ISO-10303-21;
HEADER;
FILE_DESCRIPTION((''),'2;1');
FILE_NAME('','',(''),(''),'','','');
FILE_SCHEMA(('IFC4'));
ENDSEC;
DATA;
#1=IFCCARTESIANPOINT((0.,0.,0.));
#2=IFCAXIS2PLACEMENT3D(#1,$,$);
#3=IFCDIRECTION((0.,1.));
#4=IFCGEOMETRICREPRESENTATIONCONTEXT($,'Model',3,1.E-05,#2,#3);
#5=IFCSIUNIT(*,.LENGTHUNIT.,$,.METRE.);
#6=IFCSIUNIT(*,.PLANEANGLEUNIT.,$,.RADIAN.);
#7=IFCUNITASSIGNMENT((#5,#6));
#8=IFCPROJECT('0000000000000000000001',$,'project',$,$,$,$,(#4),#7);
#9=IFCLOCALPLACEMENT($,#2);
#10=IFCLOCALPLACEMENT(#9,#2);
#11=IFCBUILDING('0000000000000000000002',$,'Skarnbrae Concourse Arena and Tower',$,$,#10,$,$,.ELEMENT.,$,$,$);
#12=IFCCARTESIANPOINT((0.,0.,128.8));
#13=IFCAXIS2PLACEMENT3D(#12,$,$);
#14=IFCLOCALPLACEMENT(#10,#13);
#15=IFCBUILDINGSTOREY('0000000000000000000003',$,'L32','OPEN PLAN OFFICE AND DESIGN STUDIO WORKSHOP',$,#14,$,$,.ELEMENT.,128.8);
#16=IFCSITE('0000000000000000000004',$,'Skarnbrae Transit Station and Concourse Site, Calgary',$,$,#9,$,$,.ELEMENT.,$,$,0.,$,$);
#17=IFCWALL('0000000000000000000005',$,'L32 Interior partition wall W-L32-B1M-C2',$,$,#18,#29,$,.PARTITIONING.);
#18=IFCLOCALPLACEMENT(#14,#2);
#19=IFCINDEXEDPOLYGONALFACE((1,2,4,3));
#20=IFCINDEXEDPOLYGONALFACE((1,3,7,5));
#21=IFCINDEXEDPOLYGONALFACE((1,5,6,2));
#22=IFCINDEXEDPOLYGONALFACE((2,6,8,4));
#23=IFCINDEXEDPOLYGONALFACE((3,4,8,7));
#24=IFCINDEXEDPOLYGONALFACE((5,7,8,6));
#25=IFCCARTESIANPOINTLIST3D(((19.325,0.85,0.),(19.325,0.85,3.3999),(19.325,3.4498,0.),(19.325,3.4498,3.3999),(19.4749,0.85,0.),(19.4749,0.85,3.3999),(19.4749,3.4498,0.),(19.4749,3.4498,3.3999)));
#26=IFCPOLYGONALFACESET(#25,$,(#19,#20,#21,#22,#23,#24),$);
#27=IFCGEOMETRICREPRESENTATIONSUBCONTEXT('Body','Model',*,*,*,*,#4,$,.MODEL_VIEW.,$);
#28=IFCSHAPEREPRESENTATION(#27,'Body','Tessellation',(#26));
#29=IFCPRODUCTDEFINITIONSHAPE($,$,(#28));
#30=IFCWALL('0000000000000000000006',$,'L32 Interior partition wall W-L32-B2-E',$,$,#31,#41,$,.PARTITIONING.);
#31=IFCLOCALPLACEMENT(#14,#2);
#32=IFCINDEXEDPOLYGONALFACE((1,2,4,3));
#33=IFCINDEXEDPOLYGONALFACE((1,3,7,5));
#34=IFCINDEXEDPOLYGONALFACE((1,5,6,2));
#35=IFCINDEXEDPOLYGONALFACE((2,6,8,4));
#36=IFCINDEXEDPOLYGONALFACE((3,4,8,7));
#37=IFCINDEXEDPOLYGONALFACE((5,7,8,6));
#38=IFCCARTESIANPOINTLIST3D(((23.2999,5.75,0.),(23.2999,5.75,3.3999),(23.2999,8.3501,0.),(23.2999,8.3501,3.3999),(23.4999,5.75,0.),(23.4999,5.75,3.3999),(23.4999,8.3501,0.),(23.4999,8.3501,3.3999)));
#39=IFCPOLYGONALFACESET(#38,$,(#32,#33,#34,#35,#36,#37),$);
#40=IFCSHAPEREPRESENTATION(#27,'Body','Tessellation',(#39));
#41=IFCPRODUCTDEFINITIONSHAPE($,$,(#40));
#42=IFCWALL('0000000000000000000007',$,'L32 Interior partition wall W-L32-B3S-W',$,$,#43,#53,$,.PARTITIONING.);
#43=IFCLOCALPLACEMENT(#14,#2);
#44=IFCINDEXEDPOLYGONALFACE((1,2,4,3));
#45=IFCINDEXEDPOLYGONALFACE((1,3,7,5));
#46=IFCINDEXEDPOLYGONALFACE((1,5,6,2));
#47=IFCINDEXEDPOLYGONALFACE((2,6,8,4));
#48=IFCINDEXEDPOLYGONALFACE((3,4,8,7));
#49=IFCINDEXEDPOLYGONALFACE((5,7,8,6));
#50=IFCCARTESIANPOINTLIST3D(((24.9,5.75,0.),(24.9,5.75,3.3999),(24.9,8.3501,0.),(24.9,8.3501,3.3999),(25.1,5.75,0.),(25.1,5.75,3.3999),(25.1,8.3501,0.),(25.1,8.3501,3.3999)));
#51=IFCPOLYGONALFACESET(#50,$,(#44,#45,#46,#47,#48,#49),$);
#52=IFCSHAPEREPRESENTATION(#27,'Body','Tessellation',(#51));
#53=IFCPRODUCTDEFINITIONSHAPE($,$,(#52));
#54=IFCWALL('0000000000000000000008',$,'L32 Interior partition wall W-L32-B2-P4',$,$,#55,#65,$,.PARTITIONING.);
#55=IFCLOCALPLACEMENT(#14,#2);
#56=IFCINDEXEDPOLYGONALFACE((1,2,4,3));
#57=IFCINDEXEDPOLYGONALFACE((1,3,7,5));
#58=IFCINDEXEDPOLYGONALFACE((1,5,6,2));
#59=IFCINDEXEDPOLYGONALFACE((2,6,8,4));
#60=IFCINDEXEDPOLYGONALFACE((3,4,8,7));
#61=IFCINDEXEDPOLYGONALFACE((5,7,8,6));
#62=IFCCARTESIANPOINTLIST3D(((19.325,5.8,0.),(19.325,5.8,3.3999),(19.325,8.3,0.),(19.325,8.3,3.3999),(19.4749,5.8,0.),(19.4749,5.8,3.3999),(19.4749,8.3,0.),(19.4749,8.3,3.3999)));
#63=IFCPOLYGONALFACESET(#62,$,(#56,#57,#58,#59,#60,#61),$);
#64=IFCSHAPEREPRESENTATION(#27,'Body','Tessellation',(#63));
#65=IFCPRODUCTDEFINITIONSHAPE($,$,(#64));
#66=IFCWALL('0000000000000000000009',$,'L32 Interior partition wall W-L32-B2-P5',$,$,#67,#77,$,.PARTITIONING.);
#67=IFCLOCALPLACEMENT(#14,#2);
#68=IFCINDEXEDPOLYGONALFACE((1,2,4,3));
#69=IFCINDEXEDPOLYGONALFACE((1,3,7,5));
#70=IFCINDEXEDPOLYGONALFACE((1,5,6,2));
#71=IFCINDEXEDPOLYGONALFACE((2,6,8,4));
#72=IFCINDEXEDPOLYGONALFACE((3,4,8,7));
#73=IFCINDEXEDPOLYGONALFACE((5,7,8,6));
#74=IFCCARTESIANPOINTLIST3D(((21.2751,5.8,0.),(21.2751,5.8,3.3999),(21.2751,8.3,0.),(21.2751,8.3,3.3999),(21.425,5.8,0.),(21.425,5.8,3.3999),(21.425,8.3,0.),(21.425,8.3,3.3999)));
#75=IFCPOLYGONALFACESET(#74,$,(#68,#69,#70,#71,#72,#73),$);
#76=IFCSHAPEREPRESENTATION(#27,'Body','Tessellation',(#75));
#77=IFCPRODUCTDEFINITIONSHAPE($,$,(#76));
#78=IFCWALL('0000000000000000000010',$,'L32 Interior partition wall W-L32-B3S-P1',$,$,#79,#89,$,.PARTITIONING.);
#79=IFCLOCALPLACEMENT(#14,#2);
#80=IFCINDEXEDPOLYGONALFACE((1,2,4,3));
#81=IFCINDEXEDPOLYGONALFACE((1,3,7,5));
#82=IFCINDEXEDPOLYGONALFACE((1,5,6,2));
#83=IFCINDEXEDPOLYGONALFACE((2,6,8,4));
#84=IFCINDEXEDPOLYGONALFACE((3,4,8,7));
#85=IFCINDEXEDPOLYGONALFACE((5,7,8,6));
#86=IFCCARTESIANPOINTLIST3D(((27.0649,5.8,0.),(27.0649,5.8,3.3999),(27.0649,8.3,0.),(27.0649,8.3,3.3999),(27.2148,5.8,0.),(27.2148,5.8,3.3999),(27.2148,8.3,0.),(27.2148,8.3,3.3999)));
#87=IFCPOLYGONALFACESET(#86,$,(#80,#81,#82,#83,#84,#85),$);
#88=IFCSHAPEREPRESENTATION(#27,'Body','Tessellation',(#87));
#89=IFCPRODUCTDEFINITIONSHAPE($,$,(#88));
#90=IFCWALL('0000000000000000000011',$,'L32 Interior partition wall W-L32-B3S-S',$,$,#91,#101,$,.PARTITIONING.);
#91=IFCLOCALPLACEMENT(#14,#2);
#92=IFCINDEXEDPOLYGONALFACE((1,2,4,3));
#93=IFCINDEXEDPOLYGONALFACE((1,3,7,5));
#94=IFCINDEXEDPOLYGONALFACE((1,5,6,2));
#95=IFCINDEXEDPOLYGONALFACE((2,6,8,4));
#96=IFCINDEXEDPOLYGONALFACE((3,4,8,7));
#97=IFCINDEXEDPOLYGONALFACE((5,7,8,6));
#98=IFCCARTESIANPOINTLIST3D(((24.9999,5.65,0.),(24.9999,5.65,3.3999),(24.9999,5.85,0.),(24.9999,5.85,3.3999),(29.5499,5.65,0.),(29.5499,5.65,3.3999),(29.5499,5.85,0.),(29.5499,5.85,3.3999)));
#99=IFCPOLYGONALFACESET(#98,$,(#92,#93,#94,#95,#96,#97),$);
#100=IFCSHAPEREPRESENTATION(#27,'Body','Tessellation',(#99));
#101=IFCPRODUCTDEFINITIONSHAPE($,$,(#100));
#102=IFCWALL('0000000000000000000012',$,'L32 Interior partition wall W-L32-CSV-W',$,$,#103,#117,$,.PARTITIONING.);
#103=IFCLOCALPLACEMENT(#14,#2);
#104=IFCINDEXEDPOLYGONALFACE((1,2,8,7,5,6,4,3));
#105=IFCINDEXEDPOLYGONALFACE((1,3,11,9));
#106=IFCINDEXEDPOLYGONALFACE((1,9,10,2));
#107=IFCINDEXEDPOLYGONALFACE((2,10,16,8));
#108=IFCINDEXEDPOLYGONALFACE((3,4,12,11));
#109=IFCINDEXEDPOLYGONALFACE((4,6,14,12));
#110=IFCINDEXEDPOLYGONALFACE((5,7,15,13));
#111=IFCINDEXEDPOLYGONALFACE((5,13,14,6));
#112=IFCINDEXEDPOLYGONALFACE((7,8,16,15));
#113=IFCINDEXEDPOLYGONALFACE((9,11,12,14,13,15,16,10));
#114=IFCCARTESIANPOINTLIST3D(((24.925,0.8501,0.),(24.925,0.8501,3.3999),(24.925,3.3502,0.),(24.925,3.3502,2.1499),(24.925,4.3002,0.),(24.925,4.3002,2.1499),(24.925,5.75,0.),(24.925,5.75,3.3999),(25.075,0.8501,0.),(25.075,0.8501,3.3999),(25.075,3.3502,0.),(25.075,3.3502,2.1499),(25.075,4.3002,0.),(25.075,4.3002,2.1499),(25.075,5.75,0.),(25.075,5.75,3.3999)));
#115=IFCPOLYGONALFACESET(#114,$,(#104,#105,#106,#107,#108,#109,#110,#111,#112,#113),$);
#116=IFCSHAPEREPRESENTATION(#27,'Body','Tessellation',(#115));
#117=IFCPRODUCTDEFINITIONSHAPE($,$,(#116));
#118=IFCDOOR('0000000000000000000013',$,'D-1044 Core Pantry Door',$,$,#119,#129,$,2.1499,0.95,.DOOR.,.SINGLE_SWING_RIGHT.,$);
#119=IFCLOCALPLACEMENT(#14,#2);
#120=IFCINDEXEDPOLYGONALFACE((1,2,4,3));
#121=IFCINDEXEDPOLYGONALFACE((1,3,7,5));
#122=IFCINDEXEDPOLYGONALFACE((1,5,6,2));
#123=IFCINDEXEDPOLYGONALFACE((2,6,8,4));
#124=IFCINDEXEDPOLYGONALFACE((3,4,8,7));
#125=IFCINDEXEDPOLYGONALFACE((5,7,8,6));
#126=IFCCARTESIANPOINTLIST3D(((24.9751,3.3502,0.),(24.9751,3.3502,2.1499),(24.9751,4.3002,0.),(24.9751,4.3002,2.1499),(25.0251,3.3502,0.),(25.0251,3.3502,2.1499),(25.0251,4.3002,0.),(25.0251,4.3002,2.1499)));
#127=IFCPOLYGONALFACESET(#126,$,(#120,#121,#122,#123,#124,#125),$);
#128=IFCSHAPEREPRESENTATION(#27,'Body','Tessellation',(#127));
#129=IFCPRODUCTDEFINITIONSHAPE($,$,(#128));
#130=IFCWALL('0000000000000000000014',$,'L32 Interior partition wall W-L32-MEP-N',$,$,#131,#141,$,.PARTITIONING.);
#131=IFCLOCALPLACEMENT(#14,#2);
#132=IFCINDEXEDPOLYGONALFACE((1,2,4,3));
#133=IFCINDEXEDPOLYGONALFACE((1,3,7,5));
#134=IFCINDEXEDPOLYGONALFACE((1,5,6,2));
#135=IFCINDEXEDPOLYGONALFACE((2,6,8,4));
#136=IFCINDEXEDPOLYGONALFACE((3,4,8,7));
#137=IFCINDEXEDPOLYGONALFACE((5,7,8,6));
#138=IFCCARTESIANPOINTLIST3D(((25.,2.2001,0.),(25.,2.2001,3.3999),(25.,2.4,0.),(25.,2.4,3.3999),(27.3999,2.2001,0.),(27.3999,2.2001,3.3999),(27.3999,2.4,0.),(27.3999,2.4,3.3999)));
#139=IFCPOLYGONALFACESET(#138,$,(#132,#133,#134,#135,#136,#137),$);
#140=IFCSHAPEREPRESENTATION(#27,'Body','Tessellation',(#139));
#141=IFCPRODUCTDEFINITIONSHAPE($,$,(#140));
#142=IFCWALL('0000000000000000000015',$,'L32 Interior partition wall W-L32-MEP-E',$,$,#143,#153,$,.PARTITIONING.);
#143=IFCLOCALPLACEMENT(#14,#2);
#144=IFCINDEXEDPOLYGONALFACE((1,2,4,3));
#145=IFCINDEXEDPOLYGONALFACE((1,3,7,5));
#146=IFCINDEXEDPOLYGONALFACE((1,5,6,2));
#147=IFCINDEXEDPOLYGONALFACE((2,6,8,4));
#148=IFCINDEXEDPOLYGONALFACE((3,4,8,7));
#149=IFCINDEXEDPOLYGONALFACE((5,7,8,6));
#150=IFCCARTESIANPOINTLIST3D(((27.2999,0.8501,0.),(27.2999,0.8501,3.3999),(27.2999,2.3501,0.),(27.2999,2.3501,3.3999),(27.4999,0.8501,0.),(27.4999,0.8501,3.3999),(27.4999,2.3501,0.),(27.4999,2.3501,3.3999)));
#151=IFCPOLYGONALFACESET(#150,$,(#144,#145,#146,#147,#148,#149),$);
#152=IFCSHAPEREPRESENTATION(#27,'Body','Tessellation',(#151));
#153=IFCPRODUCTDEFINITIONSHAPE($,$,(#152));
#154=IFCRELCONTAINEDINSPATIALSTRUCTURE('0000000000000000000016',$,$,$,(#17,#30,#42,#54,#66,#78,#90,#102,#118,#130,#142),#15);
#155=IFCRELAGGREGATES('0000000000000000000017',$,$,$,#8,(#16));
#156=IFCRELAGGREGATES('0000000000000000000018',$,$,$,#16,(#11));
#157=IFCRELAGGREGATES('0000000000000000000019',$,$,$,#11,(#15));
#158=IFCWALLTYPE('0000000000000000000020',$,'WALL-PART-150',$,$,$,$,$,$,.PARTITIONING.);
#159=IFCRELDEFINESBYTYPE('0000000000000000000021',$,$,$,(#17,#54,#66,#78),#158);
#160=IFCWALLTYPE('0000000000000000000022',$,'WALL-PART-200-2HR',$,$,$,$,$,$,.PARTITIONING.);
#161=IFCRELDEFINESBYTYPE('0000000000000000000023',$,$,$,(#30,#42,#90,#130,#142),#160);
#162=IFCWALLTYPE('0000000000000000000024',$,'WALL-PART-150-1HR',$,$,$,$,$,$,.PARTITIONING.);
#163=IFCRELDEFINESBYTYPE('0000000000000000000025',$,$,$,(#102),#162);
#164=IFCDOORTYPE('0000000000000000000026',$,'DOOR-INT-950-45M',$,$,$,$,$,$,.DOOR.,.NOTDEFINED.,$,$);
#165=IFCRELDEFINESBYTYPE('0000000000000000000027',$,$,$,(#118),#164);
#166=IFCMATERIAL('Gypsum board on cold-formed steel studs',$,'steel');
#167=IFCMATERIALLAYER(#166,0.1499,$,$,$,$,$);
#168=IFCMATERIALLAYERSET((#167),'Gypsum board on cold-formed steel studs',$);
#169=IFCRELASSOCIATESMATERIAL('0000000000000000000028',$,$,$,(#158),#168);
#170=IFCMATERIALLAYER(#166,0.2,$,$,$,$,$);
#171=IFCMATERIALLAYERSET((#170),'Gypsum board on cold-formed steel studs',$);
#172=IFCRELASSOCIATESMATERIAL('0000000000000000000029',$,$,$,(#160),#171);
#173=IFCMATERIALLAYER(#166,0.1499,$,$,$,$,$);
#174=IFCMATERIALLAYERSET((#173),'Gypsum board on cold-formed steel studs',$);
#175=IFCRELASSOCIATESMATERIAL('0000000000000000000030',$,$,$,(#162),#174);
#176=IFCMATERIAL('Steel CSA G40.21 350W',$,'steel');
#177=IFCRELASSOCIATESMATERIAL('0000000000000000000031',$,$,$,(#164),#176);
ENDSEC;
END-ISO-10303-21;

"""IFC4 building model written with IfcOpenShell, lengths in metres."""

from ifc_helpers import new_model, si_unit, direction, frame, frame_2d, origin, place, context, subcontext, project, spatial, rectangle, extrude, source, transform, mapped, material, layer, layer_set, type_object, element, fill, save


model = new_model("IFC4")

# Units and contexts
model_context = context("Model", 3, precision=1e-05, world=origin(), true_north=direction((0.0, 1.0)))
body_context = subcontext(model_context, "Body", "Model", "MODEL_VIEW")
ifc_project = project(units=[si_unit("LENGTHUNIT", "METRE"), si_unit("PLANEANGLEUNIT", "RADIAN")], contexts=[model_context])

# Site, building, storey
site_placement = place(None, origin())
site = spatial("IfcSite", under=ifc_project, at=site_placement, Name="Skarnbrae Transit Station and Concourse Site, Calgary", CompositionType="ELEMENT", RefElevation=0.0)
building_placement = place(site_placement, origin())
building = spatial("IfcBuilding", under=site, at=building_placement, Name="Skarnbrae Concourse Arena and Tower", CompositionType="ELEMENT")
storey_placement = place(building_placement, frame((0.0, 0.0, 128.8)))
storey = spatial("IfcBuildingStorey", under=building, at=storey_placement, Name="L32", Description="OPEN PLAN OFFICE AND DESIGN STUDIO WORKSHOP", CompositionType="ELEMENT", Elevation=128.8)

# Walls
ifc_material_1 = material(Name="Gypsum board on cold-formed steel studs", Category="steel")
ifc_layer_1 = layer(ifc_material_1, 0.1499)
ifc_layer_set_1 = layer_set([ifc_layer_1], Name="Gypsum board on cold-formed steel studs")
wall_type_1 = type_object("IfcWallType", Name="WALL-PART-150", PredefinedType="PARTITIONING", material=ifc_layer_set_1)
shared_shape_1 = source(origin(), body_context, "Body", "SweptSolid", [
    extrude(rectangle(XDim=2.5999, YDim=0.1499, at=frame_2d((1.2998, 0.0))), origin(), (0.0, 0.0, 1.0), 3.3999),
])
wall_1_placement = place(storey_placement, frame((19.3999, 0.8501, 0.0), z_axis=(0.0, 0.0, 1.0), x_axis=(0.0, 1.0, 0.0)))
element("IfcWall", 1, at=wall_1_placement, inside=storey, type_object=wall_type_1, Name="L32 Interior partition wall W-L32-B1M-C2", PredefinedType="PARTITIONING", context=body_context, shape_type="MappedRepresentation", body=[
    mapped(shared_shape_1, transform((0.0, 0.0, 0.0))),
])
ifc_layer_2 = layer(ifc_material_1, 0.2)
ifc_layer_set_2 = layer_set([ifc_layer_2], Name="Gypsum board on cold-formed steel studs")
wall_type_2 = type_object("IfcWallType", Name="WALL-PART-200-2HR", PredefinedType="PARTITIONING", material=ifc_layer_set_2)
shared_shape_2 = source(origin(), body_context, "Body", "SweptSolid", [
    extrude(rectangle(XDim=2.6001, YDim=0.2, at=frame_2d((1.3, 0.0))), origin(), (0.0, 0.0, 1.0), 3.3999),
])
for number, where, z_axis, x_axis, name in (
    (2, (23.3999, 5.75, 0.0), (0.0, 0.0, 1.0), (0.0, 1.0, 0.0), "L32 Interior partition wall W-L32-B2-E"),
    (3, (25.0, 5.75, 0.0), (0.0, 0.0, 1.0), (0.0, 1.0, 0.0), "L32 Interior partition wall W-L32-B3S-W"),
):
    element("IfcWall", number, at=place(storey_placement, frame(where, z_axis=z_axis, x_axis=x_axis)), inside=storey, type_object=wall_type_2, Name=name, PredefinedType="PARTITIONING", context=body_context, shape_type="MappedRepresentation", body=[
        mapped(shared_shape_2, transform((0.0, 0.0, 0.0))),
    ])
shared_shape_3 = source(origin(), body_context, "Body", "SweptSolid", [
    extrude(rectangle(XDim=2.5, YDim=0.1499, at=frame_2d((1.25, 0.0))), origin(), (0.0, 0.0, 1.0), 3.3999),
])
for number, where, z_axis, x_axis, name in (
    (4, (19.3999, 5.8, 0.0), (0.0, 0.0, 1.0), (0.0, 1.0, 0.0), "L32 Interior partition wall W-L32-B2-P4"),
    (5, (21.3501, 5.8, 0.0), (0.0, 0.0, 1.0), (0.0, 1.0, 0.0), "L32 Interior partition wall W-L32-B2-P5"),
    (6, (27.1399, 5.8, 0.0), (0.0, 0.0, 1.0), (0.0, 1.0, 0.0), "L32 Interior partition wall W-L32-B3S-P1"),
):
    element("IfcWall", number, at=place(storey_placement, frame(where, z_axis=z_axis, x_axis=x_axis)), inside=storey, type_object=wall_type_1, Name=name, PredefinedType="PARTITIONING", context=body_context, shape_type="MappedRepresentation", body=[
        mapped(shared_shape_3, transform((0.0, 0.0, 0.0))),
    ])
shared_shape_4 = source(origin(), body_context, "Body", "SweptSolid", [
    extrude(rectangle(XDim=4.55, YDim=0.2, at=frame_2d((2.2749, 0.0))), origin(), (0.0, 0.0, 1.0), 3.3999),
])
wall_2_placement = place(storey_placement, frame((25.0, 5.75, 0.0), z_axis=(0.0, 0.0, 1.0), x_axis=(1.0, 0.0, 0.0)))
element("IfcWall", 7, at=wall_2_placement, inside=storey, type_object=wall_type_2, Name="L32 Interior partition wall W-L32-B3S-S", PredefinedType="PARTITIONING", context=body_context, shape_type="MappedRepresentation", body=[
    mapped(shared_shape_4, transform((0.0, 0.0, 0.0))),
])

# Wall, opening, door
ifc_layer_3 = layer(ifc_material_1, 0.1499)
ifc_layer_set_3 = layer_set([ifc_layer_3], Name="Gypsum board on cold-formed steel studs")
wall_type_3 = type_object("IfcWallType", Name="WALL-PART-150-1HR", PredefinedType="PARTITIONING", material=ifc_layer_set_3)
shared_shape_5 = source(origin(), body_context, "Body", "SweptSolid", [
    extrude(rectangle(XDim=4.8999, YDim=0.1499, at=frame_2d((2.45, 0.0))), origin(), (0.0, 0.0, 1.0), 3.3999),
])
wall_3_placement = place(storey_placement, frame((25.0, 0.8501, 0.0), z_axis=(0.0, 0.0, 1.0), x_axis=(0.0, 1.0, 0.0)))
wall_3 = element("IfcWall", 8, at=wall_3_placement, inside=storey, type_object=wall_type_3, Name="L32 Interior partition wall W-L32-CSV-W", PredefinedType="PARTITIONING", context=body_context, shape_type="MappedRepresentation", body=[
    mapped(shared_shape_5, transform((0.0, 0.0, 0.0))),
])
opening_1_placement = place(wall_3_placement, frame((2.5, 0.0, 0.0)))
opening_1 = element("IfcOpeningElement", 9, at=opening_1_placement, cuts=wall_3, PredefinedType="OPENING", context=body_context, shape_type="SweptSolid", body=[
    extrude(rectangle(XDim=0.95, YDim=2.1499, at=frame_2d((0.4751, 1.075))), frame((0.0, 0.085, 0.0), z_axis=(0.0, -1.0, 0.0), x_axis=(1.0, 0.0, 0.0)), (0.0, 0.0, 1.0), 0.1699),
])
ifc_material_2 = material(Name="Steel CSA G40.21 350W", Category="steel")
door_type_1 = type_object("IfcDoorType", Name="DOOR-INT-950-45M", OperationType="NOTDEFINED", PredefinedType="DOOR", material=ifc_material_2)
shared_shape_6 = source(origin(), body_context, "Body", "SweptSolid", [
    extrude(rectangle(XDim=0.95, YDim=2.1499, at=frame_2d((0.4751, 1.075))), frame((0.0, 0.0249, 0.0), z_axis=(0.0, -1.0, 0.0), x_axis=(1.0, 0.0, 0.0)), (0.0, 0.0, 1.0), 0.05),
])
door_1_placement = place(opening_1_placement, origin())
door_1 = element("IfcDoor", 10, at=door_1_placement, inside=storey, type_object=door_type_1, Name="D-1044 Core Pantry Door", OperationType="SINGLE_SWING_RIGHT", OverallHeight=2.1499, OverallWidth=0.95, PredefinedType="DOOR", context=body_context, shape_type="MappedRepresentation", body=[
    mapped(shared_shape_6, transform((0.0, 0.0, 0.0))),
])
fill(opening_1, door_1)

# Walls
shared_shape_7 = source(origin(), body_context, "Body", "SweptSolid", [
    extrude(rectangle(XDim=2.3999, YDim=0.2, at=frame_2d((1.2, 0.0))), origin(), (0.0, 0.0, 1.0), 3.3999),
])
wall_4_placement = place(storey_placement, frame((25.0, 2.3, 0.0), z_axis=(0.0, 0.0, 1.0), x_axis=(1.0, 0.0, 0.0)))
element("IfcWall", 11, at=wall_4_placement, inside=storey, type_object=wall_type_2, Name="L32 Interior partition wall W-L32-MEP-N", PredefinedType="PARTITIONING", context=body_context, shape_type="MappedRepresentation", body=[
    mapped(shared_shape_7, transform((0.0, 0.0, 0.0))),
])
shared_shape_8 = source(origin(), body_context, "Body", "SweptSolid", [
    extrude(rectangle(XDim=1.5, YDim=0.2, at=frame_2d((0.75, 0.0))), origin(), (0.0, 0.0, 1.0), 3.3999),
])
wall_5_placement = place(storey_placement, frame((27.3999, 0.8501, 0.0), z_axis=(0.0, 0.0, 1.0), x_axis=(0.0, 1.0, 0.0)))
element("IfcWall", 12, at=wall_5_placement, inside=storey, type_object=wall_type_2, Name="L32 Interior partition wall W-L32-MEP-E", PredefinedType="PARTITIONING", context=body_context, shape_type="MappedRepresentation", body=[
    mapped(shared_shape_8, transform((0.0, 0.0, 0.0))),
])

save(model, "model.ifc")
